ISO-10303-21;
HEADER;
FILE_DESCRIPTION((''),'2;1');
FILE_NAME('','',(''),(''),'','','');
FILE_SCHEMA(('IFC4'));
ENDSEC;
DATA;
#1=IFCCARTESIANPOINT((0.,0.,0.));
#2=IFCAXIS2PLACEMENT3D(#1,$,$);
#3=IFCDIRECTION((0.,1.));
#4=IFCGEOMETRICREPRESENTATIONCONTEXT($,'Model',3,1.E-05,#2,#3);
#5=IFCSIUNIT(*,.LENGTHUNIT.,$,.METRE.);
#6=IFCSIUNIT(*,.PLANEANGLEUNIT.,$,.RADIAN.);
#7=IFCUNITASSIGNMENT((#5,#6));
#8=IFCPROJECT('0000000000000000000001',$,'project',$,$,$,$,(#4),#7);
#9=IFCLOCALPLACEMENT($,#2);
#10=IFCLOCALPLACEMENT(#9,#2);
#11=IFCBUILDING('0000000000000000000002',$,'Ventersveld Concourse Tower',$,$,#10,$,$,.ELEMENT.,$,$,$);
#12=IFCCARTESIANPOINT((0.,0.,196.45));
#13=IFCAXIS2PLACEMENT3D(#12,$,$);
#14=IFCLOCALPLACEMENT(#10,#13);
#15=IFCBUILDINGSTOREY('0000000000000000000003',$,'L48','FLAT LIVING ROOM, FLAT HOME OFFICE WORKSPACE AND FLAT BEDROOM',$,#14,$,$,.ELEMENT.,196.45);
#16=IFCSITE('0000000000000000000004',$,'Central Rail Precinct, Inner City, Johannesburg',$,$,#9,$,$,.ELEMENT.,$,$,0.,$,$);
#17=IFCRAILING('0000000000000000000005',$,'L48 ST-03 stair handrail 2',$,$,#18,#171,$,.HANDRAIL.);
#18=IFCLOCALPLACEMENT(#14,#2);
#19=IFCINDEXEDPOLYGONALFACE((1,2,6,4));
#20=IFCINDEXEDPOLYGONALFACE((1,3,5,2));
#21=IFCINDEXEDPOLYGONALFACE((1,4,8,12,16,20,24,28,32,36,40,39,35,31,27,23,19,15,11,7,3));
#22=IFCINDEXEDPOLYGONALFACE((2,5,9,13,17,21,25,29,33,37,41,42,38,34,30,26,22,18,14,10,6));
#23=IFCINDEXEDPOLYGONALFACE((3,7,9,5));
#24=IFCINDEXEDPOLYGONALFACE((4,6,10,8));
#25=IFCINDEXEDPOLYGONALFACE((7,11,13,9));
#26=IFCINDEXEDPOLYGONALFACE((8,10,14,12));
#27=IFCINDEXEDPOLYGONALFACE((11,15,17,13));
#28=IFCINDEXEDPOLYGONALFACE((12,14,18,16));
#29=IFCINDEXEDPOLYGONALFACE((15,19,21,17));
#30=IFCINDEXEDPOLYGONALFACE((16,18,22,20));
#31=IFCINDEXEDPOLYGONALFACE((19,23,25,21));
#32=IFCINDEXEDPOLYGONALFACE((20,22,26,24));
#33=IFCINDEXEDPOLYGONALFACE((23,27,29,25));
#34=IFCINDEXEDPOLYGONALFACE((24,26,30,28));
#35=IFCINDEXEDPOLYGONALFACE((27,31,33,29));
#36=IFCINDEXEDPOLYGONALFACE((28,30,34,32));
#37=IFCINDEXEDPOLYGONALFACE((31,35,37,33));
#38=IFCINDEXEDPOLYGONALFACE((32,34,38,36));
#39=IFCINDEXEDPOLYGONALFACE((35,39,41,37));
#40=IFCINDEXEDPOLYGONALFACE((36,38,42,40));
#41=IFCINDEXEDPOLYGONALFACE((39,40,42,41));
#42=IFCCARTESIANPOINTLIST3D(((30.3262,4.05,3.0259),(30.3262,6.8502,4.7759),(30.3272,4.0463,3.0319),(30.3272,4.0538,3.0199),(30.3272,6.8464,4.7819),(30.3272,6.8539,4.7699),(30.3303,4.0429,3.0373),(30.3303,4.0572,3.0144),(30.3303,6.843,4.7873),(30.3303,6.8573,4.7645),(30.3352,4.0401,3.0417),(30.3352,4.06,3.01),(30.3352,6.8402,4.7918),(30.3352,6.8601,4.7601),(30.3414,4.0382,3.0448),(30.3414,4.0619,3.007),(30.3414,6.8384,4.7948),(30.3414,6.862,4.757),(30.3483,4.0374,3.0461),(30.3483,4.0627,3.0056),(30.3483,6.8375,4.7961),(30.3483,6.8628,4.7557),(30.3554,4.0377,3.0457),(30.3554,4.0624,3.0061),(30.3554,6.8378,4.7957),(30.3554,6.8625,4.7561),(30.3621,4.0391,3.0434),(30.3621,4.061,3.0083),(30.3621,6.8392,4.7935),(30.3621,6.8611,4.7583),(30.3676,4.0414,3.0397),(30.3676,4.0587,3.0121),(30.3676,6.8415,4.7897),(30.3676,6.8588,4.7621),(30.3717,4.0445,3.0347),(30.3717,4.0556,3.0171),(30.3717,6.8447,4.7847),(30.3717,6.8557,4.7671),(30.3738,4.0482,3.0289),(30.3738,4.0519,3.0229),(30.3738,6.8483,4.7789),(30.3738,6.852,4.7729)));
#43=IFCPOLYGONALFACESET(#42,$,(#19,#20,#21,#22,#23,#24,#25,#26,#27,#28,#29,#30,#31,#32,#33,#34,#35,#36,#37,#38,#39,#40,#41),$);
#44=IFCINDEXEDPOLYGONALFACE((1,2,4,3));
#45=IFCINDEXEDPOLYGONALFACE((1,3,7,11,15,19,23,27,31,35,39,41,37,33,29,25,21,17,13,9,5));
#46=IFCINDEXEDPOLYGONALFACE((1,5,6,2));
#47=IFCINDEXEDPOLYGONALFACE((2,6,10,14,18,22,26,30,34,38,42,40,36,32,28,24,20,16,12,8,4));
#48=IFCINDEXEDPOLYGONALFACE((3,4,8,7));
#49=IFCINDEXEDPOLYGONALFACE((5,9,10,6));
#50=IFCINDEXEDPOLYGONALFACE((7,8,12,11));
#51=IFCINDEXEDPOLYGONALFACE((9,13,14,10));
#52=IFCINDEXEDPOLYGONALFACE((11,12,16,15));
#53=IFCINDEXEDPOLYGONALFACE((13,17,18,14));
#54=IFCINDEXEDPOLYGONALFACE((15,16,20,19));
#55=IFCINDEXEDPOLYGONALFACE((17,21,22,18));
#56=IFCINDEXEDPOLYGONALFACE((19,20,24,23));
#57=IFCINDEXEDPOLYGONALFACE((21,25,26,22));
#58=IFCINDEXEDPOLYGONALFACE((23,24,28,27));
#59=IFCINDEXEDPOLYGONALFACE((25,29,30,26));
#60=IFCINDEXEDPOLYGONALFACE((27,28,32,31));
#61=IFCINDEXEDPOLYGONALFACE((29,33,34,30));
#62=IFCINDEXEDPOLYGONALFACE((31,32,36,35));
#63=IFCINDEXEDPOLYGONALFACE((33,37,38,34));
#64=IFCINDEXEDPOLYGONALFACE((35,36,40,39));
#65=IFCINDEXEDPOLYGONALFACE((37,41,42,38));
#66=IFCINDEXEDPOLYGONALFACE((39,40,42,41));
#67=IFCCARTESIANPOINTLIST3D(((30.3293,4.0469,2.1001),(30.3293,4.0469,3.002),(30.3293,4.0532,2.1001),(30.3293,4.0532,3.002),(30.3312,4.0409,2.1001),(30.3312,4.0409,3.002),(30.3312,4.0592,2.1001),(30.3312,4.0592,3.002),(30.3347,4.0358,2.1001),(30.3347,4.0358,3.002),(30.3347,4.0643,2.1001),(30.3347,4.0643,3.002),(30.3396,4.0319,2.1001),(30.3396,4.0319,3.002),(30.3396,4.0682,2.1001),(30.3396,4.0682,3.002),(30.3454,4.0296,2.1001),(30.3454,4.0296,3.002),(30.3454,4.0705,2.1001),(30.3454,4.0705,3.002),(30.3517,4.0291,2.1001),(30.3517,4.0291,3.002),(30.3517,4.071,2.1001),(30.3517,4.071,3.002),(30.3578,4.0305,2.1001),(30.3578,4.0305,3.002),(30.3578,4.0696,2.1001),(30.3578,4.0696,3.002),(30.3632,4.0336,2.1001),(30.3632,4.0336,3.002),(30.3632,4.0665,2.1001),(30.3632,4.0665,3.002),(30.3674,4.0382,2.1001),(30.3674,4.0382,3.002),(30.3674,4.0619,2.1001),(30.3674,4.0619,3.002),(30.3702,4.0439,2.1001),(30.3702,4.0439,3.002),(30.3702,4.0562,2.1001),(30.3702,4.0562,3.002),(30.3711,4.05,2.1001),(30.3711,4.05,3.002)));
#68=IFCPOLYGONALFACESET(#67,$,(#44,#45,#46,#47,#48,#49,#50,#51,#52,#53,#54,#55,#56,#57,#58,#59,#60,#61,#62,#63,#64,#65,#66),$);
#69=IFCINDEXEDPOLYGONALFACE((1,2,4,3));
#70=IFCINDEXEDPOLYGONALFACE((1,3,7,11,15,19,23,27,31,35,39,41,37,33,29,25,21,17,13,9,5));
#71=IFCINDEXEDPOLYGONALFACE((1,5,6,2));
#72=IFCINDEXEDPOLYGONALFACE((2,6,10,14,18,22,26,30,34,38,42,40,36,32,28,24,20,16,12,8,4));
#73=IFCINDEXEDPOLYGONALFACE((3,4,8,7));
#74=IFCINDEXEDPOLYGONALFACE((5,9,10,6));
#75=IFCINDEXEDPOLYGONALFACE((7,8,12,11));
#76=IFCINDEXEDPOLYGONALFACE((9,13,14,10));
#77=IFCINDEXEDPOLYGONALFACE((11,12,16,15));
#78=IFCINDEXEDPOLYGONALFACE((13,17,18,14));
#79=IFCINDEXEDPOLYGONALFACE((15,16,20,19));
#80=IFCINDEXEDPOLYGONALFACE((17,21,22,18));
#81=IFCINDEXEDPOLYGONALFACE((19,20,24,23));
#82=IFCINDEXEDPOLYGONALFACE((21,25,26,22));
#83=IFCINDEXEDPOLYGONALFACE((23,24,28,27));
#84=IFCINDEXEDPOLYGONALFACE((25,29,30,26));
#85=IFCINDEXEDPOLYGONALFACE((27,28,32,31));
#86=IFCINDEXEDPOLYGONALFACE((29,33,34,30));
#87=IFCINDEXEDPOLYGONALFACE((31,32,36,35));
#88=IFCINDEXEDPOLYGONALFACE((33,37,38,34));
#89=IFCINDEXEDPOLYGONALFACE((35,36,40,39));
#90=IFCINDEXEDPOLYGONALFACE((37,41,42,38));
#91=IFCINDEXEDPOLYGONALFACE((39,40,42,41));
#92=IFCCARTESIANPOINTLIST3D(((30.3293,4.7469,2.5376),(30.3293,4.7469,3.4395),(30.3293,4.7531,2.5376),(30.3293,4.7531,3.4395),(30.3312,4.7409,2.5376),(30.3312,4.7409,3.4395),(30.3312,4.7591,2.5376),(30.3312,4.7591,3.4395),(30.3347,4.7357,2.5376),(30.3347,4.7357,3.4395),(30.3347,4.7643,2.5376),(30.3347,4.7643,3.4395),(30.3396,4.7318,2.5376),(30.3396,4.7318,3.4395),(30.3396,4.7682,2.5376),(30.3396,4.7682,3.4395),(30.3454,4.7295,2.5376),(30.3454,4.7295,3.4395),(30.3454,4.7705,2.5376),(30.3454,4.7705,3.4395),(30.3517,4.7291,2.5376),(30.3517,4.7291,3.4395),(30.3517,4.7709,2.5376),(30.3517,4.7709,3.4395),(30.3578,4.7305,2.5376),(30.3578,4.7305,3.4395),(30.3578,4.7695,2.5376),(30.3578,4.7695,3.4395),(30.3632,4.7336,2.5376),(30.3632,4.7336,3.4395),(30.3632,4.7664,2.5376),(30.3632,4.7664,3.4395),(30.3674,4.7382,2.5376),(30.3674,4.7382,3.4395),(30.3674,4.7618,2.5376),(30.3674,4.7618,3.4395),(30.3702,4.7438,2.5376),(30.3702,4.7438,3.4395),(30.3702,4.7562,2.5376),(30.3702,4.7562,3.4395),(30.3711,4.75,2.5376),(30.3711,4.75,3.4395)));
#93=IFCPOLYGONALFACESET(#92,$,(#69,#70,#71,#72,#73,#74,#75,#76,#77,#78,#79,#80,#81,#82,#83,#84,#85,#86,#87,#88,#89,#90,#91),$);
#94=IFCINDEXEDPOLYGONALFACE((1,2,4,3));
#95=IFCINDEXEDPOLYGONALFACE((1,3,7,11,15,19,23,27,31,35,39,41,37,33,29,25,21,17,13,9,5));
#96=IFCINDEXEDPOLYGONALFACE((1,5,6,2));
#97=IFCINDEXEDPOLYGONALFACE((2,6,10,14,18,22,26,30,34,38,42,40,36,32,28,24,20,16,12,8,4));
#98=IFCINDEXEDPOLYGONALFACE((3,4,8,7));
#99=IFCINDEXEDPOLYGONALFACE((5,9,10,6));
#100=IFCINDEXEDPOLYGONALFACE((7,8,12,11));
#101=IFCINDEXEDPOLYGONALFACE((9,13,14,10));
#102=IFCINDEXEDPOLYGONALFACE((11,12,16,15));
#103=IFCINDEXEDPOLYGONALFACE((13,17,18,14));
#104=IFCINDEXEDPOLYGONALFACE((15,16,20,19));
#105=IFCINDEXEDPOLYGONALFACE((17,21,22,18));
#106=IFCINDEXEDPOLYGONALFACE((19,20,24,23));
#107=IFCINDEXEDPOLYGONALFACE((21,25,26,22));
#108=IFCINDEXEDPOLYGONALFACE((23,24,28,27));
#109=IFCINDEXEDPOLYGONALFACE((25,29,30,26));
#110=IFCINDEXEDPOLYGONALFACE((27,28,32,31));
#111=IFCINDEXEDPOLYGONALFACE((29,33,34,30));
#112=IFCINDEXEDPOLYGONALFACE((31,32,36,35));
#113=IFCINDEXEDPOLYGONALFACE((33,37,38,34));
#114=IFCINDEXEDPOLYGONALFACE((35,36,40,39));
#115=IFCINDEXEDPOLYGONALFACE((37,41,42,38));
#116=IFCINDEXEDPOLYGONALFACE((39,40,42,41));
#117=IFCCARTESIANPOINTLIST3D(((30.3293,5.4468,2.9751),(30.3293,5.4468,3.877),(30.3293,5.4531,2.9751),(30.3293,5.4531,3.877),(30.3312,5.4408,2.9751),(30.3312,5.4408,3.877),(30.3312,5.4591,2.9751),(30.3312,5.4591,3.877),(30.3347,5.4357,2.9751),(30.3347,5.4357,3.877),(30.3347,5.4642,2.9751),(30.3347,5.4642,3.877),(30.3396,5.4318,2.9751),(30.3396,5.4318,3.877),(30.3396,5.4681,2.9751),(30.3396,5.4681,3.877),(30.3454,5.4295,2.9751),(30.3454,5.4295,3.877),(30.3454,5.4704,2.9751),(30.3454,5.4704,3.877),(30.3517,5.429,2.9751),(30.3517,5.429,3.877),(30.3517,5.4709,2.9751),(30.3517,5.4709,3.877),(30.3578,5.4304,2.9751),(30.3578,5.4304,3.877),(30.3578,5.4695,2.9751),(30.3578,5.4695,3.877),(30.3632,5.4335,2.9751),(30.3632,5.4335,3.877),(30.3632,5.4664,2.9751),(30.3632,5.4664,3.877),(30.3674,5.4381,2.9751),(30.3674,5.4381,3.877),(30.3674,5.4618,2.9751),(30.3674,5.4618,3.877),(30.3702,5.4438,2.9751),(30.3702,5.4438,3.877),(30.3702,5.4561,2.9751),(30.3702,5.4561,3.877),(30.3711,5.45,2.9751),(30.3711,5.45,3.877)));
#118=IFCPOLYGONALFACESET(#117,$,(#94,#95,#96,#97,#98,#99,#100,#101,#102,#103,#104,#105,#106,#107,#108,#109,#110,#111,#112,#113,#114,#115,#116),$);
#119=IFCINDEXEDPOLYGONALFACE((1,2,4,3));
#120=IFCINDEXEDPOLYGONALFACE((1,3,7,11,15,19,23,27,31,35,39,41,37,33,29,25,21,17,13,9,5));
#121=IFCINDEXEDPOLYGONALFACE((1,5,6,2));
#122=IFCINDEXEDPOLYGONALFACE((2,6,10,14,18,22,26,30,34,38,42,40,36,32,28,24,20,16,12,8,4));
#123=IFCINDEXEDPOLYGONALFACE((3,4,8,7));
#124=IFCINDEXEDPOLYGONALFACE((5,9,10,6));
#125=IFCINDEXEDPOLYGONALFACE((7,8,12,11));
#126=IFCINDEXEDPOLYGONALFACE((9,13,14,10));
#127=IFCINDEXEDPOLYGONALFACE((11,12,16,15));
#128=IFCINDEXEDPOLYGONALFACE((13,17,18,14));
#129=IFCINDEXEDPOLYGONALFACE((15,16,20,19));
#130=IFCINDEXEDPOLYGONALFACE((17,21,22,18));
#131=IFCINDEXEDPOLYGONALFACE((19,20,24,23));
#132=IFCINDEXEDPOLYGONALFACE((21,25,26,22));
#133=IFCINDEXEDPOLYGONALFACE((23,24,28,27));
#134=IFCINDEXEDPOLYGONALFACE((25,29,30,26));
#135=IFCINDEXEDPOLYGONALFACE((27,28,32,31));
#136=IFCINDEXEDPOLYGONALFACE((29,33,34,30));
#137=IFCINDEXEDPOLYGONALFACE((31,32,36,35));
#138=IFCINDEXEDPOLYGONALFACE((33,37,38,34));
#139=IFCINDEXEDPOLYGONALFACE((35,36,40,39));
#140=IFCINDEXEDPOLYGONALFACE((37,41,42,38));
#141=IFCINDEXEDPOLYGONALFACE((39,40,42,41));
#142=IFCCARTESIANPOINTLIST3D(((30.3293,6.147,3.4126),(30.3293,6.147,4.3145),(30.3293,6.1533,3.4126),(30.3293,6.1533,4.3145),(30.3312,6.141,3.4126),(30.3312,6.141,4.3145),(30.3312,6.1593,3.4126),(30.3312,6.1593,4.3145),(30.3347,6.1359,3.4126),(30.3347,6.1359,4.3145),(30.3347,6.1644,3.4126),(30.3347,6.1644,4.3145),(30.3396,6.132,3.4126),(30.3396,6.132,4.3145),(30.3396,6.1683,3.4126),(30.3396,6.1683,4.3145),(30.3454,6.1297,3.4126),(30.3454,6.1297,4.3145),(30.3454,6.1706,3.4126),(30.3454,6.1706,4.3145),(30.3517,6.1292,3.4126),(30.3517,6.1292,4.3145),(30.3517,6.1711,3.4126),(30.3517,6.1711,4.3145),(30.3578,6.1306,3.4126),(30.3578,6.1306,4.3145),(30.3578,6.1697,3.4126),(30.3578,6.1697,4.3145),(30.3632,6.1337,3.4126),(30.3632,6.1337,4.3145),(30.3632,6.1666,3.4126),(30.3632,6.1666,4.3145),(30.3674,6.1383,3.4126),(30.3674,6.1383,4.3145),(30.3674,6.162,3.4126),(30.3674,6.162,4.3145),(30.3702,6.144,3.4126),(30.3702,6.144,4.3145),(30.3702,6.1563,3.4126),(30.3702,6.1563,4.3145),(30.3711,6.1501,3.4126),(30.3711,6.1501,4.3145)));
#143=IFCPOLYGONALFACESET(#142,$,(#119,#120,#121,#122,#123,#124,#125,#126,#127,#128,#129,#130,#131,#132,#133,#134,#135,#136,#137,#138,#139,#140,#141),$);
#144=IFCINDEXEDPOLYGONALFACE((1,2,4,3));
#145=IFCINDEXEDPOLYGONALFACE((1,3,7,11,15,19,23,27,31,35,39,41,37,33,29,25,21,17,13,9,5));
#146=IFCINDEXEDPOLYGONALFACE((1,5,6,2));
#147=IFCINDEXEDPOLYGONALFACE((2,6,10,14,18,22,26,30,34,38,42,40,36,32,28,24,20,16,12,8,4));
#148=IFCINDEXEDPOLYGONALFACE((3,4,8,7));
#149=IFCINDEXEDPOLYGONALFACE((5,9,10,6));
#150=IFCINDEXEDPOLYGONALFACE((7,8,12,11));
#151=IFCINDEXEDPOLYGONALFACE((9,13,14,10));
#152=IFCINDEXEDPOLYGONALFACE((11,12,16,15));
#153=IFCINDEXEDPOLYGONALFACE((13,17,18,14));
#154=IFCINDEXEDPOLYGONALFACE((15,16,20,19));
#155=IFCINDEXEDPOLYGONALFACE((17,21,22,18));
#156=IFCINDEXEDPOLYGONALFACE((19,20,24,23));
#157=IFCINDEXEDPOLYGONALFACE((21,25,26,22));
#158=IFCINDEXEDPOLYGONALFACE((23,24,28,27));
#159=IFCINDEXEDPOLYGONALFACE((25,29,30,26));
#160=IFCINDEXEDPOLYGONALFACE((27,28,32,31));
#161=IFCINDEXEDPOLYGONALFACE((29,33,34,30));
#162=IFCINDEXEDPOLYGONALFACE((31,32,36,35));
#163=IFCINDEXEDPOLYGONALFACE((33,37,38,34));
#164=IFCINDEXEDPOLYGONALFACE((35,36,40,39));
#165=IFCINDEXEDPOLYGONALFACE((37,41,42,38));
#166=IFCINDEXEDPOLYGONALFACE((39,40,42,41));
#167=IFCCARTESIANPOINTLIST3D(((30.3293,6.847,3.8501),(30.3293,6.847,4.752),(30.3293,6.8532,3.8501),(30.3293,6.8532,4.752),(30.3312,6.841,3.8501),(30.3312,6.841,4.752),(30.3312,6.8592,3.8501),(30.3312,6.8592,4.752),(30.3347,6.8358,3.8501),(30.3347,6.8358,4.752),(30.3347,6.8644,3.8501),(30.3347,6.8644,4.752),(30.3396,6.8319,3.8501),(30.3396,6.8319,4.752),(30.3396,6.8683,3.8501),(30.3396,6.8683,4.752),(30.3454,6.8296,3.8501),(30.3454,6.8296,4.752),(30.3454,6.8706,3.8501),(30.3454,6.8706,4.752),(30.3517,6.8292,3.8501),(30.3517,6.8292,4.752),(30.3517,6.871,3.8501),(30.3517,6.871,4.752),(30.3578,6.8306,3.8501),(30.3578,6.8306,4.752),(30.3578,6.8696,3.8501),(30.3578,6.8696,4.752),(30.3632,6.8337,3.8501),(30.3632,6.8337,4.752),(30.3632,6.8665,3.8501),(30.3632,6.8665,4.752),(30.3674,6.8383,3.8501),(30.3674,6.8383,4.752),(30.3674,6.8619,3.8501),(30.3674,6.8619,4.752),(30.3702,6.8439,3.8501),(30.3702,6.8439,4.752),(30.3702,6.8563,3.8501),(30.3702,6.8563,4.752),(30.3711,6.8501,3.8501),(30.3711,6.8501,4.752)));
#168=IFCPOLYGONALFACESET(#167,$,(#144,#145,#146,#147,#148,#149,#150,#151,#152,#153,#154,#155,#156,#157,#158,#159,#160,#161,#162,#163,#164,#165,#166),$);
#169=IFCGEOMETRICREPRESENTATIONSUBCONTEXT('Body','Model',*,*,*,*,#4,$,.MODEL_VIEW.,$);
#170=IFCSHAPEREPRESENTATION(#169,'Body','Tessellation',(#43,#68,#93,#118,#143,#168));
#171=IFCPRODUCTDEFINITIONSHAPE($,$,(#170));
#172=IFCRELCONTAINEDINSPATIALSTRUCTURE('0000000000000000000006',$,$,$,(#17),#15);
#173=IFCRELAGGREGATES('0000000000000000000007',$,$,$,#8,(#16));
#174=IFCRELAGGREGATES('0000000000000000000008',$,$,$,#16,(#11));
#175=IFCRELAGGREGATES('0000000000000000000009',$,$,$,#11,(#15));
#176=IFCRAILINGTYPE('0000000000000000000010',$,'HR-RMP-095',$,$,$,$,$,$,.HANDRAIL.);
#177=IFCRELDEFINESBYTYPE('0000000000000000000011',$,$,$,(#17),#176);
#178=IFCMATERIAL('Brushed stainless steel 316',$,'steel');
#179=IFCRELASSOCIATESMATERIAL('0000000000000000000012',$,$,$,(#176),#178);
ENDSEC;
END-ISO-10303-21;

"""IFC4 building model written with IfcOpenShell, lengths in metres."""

from ifc_helpers import new_model, si_unit, direction, frame, origin, origin_2d, place, context, subcontext, project, spatial, circle, extrude, material, type_object, element, save


model = new_model("IFC4")

# Units and contexts
model_context = context("Model", 3, precision=1e-05, world=origin(), true_north=direction((0.0, 1.0)))
body_context = subcontext(model_context, "Body", "Model", "MODEL_VIEW")
ifc_project = project(units=[si_unit("LENGTHUNIT", "METRE"), si_unit("PLANEANGLEUNIT", "RADIAN")], contexts=[model_context])

# Site, building, storey
site_placement = place(None, origin())
site = spatial("IfcSite", under=ifc_project, at=site_placement, Name="Central Rail Precinct, Inner City, Johannesburg", CompositionType="ELEMENT", RefElevation=0.0)
building_placement = place(site_placement, origin())
building = spatial("IfcBuilding", under=site, at=building_placement, Name="Ventersveld Concourse Tower", CompositionType="ELEMENT")
storey_placement = place(building_placement, frame((0.0, 0.0, 196.45)))
storey = spatial("IfcBuildingStorey", under=building, at=storey_placement, Name="L48", Description="FLAT LIVING ROOM, FLAT HOME OFFICE WORKSPACE AND FLAT BEDROOM", CompositionType="ELEMENT", Elevation=196.45)

# Shared definitions
ifc_material_1 = material(Name="Brushed stainless steel 316", Category="steel")

# Railing
railing_type_1 = type_object("IfcRailingType", Name="HR-RMP-095", PredefinedType="HANDRAIL", material=ifc_material_1)
railing_1_placement = place(storey_placement, frame((30.3501, 4.05, 2.1001)))
element("IfcRailing", 1, at=railing_1_placement, inside=storey, type_object=railing_type_1, Name="L48 ST-03 stair handrail 2", PredefinedType="HANDRAIL", context=body_context, shape_type="SweptSolid", body=[
    extrude(circle(Radius=0.0239, at=origin_2d()), frame((0.0, 0.0, 0.9258), z_axis=(0.0, 0.848002, 0.529992), x_axis=(-1.0, 0.0, 0.0)), (0.0, 0.0, 1.0), 3.302),
    extrude(circle(Radius=0.021, at=origin_2d()), origin(), (0.0, 0.0, 1.0), 0.9019),
    extrude(circle(Radius=0.021, at=origin_2d()), frame((0.0, 0.7, 0.4375)), (0.0, 0.0, 1.0), 0.9019),
    extrude(circle(Radius=0.021, at=origin_2d()), frame((0.0, 1.3999, 0.875)), (0.0, 0.0, 1.0), 0.9019),
    extrude(circle(Radius=0.021, at=origin_2d()), frame((0.0, 2.1001, 1.3125)), (0.0, 0.0, 1.0), 0.9019),
    extrude(circle(Radius=0.021, at=origin_2d()), frame((0.0, 2.8, 1.75)), (0.0, 0.0, 1.0), 0.9019),
])

save(model, "model.ifc")
